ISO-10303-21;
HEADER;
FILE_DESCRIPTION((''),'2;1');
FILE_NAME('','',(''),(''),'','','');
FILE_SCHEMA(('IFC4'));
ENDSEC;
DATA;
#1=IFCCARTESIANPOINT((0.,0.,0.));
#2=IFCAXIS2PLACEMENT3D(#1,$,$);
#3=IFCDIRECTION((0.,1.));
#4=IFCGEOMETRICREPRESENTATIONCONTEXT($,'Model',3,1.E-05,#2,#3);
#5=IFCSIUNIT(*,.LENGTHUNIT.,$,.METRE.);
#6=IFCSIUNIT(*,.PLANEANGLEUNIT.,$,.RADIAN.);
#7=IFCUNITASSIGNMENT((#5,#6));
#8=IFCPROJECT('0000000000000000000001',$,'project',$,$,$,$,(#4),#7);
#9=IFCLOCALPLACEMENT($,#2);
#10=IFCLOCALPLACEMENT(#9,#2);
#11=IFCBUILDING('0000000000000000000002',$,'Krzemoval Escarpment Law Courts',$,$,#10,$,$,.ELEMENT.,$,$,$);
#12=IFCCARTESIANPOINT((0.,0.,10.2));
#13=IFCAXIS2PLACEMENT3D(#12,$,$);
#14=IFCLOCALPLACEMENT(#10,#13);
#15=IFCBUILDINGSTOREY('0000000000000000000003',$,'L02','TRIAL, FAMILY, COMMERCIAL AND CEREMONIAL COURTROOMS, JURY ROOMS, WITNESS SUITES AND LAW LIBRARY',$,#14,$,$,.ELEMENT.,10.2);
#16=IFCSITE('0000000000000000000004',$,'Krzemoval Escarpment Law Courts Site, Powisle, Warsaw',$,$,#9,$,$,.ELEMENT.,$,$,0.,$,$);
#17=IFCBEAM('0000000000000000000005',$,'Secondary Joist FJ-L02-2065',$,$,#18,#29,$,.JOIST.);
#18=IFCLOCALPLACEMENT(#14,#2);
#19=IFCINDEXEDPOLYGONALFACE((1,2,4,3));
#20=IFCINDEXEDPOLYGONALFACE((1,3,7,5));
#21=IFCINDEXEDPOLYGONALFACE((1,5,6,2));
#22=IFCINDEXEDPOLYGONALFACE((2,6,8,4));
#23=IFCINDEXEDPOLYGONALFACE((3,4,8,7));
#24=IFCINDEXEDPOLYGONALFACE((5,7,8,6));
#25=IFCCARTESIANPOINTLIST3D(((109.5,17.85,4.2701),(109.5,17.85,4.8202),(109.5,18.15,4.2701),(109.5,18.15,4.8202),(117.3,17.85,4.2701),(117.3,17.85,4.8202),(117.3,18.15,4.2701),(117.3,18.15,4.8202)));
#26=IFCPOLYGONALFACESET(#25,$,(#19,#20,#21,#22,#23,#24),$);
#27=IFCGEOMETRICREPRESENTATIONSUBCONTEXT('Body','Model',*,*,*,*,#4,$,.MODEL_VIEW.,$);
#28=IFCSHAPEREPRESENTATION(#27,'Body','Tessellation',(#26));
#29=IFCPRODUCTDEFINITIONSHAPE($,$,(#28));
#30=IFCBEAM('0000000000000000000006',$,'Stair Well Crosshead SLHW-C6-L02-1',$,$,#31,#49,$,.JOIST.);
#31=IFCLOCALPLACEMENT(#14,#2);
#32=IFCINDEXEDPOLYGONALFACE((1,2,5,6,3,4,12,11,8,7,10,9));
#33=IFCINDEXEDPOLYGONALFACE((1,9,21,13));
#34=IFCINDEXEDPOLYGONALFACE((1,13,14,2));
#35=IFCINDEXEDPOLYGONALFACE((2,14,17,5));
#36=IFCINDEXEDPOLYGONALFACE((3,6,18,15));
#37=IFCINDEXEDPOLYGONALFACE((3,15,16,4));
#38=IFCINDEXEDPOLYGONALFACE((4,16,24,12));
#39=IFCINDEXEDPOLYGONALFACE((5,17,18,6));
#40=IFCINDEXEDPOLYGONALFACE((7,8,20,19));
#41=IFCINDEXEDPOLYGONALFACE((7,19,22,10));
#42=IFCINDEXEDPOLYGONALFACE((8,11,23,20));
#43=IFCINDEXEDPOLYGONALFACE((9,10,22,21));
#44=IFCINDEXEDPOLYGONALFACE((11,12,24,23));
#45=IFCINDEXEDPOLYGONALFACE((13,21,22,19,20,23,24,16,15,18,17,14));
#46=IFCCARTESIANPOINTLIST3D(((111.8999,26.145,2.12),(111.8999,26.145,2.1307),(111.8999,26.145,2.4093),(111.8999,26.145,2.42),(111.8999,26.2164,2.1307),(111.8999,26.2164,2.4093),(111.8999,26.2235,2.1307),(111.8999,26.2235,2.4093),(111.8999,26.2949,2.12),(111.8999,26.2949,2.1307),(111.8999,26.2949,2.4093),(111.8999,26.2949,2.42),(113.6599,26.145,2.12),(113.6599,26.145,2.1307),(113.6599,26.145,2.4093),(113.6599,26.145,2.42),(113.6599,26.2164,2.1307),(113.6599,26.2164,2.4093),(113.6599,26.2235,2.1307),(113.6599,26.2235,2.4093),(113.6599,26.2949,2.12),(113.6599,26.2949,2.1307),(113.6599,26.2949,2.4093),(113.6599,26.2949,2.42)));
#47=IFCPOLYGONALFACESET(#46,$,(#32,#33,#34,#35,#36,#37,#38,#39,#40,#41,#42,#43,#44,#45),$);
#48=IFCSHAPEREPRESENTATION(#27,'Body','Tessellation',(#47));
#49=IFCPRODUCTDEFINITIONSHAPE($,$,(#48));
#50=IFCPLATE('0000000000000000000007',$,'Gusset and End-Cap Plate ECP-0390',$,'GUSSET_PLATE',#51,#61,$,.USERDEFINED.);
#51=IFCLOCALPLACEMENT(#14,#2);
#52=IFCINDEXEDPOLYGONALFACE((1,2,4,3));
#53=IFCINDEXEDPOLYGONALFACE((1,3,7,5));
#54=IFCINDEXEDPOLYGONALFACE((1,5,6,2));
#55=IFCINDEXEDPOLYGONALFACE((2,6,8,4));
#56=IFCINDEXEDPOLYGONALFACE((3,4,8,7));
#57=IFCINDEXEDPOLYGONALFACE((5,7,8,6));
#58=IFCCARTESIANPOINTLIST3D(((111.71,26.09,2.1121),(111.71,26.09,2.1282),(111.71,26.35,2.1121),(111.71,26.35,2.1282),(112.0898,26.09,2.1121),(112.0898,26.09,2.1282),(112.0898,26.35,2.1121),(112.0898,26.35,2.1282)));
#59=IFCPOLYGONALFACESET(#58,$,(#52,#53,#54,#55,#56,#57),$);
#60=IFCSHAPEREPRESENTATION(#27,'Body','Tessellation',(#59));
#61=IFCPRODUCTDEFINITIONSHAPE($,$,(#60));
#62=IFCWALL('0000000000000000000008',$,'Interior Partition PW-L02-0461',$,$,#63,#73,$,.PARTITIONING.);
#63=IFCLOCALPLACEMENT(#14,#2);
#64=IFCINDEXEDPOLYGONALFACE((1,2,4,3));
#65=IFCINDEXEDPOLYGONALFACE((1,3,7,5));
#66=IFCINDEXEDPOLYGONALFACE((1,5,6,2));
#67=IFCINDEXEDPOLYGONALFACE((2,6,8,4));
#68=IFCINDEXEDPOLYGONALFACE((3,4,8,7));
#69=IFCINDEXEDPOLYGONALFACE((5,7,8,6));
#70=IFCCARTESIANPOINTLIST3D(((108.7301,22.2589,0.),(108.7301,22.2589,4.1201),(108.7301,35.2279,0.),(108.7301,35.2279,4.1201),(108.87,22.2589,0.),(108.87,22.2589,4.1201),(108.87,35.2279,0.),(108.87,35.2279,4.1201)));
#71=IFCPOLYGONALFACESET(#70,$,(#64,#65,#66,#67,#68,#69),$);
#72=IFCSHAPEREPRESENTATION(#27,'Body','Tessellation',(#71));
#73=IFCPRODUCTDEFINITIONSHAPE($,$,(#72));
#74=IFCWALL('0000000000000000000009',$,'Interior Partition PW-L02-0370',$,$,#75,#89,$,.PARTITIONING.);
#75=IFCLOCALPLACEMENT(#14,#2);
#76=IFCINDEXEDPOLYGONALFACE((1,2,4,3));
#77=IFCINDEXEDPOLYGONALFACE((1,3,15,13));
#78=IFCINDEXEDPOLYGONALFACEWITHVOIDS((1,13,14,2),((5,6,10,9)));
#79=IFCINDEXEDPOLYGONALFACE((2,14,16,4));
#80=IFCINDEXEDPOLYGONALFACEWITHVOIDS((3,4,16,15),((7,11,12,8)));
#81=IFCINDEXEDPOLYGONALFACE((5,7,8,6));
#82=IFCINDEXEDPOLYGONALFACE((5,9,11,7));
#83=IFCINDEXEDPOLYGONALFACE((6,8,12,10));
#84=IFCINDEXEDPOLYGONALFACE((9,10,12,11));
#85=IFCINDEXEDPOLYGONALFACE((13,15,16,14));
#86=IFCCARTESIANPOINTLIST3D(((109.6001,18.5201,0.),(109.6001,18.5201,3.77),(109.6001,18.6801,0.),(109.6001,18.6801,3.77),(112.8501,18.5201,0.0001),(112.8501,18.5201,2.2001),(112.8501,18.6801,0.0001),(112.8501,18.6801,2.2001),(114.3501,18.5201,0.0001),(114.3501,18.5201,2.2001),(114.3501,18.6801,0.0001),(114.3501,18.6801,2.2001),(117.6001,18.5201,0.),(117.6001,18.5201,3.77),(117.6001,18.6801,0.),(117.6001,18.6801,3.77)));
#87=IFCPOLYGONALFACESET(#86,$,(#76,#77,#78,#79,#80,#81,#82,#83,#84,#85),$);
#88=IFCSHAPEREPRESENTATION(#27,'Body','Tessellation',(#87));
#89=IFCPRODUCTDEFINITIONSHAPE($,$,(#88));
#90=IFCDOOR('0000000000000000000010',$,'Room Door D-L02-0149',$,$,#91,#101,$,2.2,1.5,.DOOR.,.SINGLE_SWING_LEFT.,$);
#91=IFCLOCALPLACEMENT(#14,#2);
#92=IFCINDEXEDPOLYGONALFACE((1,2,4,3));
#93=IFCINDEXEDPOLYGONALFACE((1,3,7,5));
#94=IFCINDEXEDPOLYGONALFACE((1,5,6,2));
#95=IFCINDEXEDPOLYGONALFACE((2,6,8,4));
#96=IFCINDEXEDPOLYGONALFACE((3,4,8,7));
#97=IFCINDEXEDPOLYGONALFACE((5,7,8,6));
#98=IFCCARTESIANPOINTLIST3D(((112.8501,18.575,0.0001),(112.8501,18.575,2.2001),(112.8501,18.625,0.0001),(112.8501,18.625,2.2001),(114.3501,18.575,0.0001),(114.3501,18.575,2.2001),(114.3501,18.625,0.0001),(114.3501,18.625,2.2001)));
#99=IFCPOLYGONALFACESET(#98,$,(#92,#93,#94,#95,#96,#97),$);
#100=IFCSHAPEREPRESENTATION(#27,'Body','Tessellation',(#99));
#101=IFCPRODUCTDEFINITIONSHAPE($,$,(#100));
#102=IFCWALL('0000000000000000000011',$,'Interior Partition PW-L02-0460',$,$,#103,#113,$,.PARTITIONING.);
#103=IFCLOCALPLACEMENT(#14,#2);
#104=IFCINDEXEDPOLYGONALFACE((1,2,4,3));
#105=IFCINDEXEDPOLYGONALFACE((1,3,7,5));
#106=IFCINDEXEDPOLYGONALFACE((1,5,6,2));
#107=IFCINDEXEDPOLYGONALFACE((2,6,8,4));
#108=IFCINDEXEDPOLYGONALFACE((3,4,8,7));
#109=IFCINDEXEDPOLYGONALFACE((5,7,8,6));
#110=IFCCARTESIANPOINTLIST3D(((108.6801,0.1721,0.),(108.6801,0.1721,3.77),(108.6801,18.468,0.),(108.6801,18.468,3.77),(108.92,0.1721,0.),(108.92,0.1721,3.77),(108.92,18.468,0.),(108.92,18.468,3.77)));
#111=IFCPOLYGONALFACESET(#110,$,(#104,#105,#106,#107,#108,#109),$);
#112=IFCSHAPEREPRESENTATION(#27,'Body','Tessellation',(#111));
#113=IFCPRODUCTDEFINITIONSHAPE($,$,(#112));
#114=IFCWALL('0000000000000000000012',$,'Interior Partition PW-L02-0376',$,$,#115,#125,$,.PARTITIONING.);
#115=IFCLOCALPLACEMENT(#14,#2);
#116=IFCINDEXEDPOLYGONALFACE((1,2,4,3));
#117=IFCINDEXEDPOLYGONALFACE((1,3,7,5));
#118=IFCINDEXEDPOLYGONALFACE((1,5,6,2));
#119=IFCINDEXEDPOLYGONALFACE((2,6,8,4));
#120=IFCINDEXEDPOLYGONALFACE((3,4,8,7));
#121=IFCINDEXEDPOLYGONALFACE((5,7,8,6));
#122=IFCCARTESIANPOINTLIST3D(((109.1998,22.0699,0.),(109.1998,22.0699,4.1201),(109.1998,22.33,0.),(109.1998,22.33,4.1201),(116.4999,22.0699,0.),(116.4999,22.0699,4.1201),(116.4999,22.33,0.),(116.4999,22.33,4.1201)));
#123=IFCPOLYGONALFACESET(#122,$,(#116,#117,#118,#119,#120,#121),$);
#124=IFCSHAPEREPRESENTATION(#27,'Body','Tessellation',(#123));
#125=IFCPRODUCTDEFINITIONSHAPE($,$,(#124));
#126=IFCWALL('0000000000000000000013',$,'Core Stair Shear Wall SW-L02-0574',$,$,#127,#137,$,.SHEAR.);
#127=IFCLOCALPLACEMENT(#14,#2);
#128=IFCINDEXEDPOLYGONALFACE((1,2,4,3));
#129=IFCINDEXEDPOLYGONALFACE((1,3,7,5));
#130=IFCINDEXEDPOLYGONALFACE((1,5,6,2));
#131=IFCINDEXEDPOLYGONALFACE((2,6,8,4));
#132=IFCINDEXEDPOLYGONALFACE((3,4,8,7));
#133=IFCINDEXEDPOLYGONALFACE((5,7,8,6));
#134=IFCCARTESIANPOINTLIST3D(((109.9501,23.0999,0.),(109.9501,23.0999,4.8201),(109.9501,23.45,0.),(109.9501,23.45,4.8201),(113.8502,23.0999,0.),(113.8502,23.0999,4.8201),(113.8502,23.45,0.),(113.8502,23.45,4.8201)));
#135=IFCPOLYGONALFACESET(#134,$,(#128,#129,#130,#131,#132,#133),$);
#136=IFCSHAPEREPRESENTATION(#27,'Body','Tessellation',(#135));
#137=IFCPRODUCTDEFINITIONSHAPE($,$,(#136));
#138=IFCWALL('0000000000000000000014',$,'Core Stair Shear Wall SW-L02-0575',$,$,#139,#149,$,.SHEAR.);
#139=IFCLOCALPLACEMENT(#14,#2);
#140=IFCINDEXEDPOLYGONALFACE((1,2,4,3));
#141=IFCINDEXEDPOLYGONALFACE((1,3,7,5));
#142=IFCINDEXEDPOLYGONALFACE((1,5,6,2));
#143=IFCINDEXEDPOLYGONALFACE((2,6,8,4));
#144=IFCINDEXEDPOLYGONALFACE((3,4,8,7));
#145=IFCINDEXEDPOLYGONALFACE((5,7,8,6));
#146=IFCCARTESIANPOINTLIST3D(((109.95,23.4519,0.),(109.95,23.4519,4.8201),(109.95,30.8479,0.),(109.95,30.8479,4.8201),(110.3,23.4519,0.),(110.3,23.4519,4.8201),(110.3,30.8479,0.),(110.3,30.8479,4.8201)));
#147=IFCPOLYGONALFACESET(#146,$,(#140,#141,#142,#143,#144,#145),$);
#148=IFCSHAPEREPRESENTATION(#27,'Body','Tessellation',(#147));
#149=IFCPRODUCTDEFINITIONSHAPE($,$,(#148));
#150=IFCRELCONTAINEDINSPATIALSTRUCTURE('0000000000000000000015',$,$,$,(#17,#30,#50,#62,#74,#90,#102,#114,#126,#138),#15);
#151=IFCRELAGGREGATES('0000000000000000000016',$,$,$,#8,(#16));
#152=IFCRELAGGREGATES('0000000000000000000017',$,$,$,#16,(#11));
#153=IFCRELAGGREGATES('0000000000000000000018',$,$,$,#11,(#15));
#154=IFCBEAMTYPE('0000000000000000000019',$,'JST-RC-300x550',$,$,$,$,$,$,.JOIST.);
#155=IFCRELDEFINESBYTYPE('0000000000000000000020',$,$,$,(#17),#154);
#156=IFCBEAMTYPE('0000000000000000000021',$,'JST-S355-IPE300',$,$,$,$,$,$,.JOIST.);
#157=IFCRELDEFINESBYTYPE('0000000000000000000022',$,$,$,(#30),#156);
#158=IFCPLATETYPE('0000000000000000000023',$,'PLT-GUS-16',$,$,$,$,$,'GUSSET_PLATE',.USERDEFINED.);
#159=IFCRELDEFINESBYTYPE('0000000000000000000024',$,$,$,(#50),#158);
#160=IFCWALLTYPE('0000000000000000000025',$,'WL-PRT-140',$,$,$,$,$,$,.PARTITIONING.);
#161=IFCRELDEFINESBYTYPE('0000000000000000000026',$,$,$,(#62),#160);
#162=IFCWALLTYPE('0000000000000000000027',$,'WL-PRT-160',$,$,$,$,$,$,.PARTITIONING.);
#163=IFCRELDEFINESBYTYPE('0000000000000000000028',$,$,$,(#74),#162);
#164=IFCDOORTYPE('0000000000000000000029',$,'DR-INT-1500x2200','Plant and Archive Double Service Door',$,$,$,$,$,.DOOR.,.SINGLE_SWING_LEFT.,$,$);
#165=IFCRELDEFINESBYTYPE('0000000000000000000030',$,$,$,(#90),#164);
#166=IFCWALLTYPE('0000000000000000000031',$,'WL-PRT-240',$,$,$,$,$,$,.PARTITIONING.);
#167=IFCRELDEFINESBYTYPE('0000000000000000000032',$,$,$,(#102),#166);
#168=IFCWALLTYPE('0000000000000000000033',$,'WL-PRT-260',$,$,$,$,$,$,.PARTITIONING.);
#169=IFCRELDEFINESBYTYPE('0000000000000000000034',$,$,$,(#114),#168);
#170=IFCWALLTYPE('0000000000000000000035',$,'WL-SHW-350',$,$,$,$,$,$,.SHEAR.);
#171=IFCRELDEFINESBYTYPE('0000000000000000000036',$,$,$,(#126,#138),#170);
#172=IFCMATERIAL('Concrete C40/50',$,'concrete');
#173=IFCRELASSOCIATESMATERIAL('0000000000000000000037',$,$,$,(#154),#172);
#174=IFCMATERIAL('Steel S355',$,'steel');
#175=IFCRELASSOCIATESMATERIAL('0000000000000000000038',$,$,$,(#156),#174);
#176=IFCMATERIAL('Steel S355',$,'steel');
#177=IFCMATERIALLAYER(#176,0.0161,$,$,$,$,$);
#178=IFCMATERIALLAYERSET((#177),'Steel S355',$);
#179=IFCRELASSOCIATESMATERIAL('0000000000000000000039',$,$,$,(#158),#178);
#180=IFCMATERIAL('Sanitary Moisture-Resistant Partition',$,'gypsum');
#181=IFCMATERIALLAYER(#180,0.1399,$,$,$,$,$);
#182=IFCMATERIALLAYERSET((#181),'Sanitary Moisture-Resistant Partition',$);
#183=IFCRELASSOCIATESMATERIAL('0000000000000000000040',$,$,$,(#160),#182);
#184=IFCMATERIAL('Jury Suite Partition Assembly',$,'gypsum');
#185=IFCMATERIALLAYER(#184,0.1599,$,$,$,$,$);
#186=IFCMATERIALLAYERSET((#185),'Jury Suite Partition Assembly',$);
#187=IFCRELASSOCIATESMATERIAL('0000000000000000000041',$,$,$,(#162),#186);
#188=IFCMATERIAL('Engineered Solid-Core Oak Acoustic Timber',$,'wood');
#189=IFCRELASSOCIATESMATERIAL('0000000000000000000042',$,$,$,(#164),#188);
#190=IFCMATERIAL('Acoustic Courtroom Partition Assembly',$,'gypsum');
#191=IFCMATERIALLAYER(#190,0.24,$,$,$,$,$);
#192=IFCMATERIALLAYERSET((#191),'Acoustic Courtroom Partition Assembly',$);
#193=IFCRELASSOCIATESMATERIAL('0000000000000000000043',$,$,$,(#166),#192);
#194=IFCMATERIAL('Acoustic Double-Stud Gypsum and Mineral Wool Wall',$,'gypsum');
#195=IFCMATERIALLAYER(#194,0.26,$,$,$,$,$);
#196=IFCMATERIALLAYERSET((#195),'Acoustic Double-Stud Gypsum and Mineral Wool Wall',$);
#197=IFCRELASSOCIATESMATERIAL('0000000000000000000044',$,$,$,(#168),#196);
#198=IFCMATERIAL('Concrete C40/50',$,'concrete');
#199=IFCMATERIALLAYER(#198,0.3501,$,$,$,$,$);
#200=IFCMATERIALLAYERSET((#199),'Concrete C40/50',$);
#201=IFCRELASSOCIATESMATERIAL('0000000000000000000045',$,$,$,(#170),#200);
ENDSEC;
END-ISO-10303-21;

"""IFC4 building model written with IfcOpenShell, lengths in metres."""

from ifc_helpers import new_model, si_unit, direction, frame, frame_2d, origin, origin_2d, place, context, subcontext, project, spatial, rectangle, i_section, extrude, material, layer, layer_set, material_profile, profile_set, type_object, element, fill, save


model = new_model("IFC4")

# Units and contexts
model_context = context("Model", 3, precision=1e-05, world=origin(), true_north=direction((0.0, 1.0)))
body_context = subcontext(model_context, "Body", "Model", "MODEL_VIEW")
ifc_project = project(units=[si_unit("LENGTHUNIT", "METRE"), si_unit("PLANEANGLEUNIT", "RADIAN")], contexts=[model_context])

# Site, building, storey
site_placement = place(None, origin())
site = spatial("IfcSite", under=ifc_project, at=site_placement, Name="Krzemoval Escarpment Law Courts Site, Powisle, Warsaw", CompositionType="ELEMENT", RefElevation=0.0)
building_placement = place(site_placement, origin())
building = spatial("IfcBuilding", under=site, at=building_placement, Name="Krzemoval Escarpment Law Courts", CompositionType="ELEMENT")
storey_placement = place(building_placement, frame((0.0, 0.0, 10.2)))
storey = spatial("IfcBuildingStorey", under=building, at=storey_placement, Name="L02", Description="TRIAL, FAMILY, COMMERCIAL AND CEREMONIAL COURTROOMS, JURY ROOMS, WITNESS SUITES AND LAW LIBRARY", CompositionType="ELEMENT", Elevation=10.2)

# Beams
ifc_material_1 = material(Name="Concrete C40/50", Category="concrete")
ifc_material_profile_1 = material_profile(ifc_material_1, rectangle(XDim=0.3, YDim=0.55, at=origin_2d()), Name="RCB 300x550")
ifc_profile_set_1 = profile_set([ifc_material_profile_1], Name="Concrete C40/50")
beam_type_1 = type_object("IfcBeamType", Name="JST-RC-300x550", PredefinedType="JOIST", material=ifc_profile_set_1)
for number, where, z_axis, x_axis, name in (
    (1, (109.5, 18.0, 4.5452), (1.0, 0.0, 0.0), (0.0, 1.0, 0.0), "Secondary Joist FJ-L02-2065"),
):
    element("IfcBeam", number, at=place(storey_placement, frame(where, z_axis=z_axis, x_axis=x_axis)), inside=storey, type_object=beam_type_1, Name=name, PredefinedType="JOIST", context=body_context, shape_type="SweptSolid", body=[
        extrude(rectangle(XDim=0.3, YDim=0.55, at=origin_2d()), origin(), (0.0, 0.0, 1.0), 7.8),
    ])
ifc_material_2 = material(Name="Steel S355", Category="steel")
ifc_material_profile_2 = material_profile(ifc_material_2, i_section(OverallWidth=0.1499, OverallDepth=0.3, WebThickness=0.0071, FlangeThickness=0.0107, at=origin_2d()), Name="IPE 300")
ifc_profile_set_2 = profile_set([ifc_material_profile_2], Name="Steel S355")
beam_type_2 = type_object("IfcBeamType", Name="JST-S355-IPE300", PredefinedType="JOIST", material=ifc_profile_set_2)
beam_1_placement = place(storey_placement, frame((111.8999, 26.22, 2.27), z_axis=(1.0, 0.0, 0.0), x_axis=(0.0, 1.0, 0.0)))
element("IfcBeam", 2, at=beam_1_placement, inside=storey, type_object=beam_type_2, Name="Stair Well Crosshead SLHW-C6-L02-1", PredefinedType="JOIST", context=body_context, shape_type="SweptSolid", body=[
    extrude(i_section(OverallWidth=0.1499, OverallDepth=0.3, WebThickness=0.0071, FlangeThickness=0.0107, at=origin_2d()), origin(), (0.0, 0.0, 1.0), 1.76),
])

# Plate
ifc_material_3 = material(Name="Steel S355", Category="steel")
ifc_layer_1 = layer(ifc_material_3, 0.0161)
ifc_layer_set_1 = layer_set([ifc_layer_1], Name="Steel S355")
plate_type = type_object("IfcPlateType", Name="PLT-GUS-16", ElementType="GUSSET_PLATE", PredefinedType="USERDEFINED", material=ifc_layer_set_1)
plate_placement = place(storey_placement, frame((111.8999, 26.22, 2.1121), z_axis=(0.0, 0.0, 1.0), x_axis=(1.0, 0.0, 0.0)))
element("IfcPlate", 3, at=plate_placement, inside=storey, type_object=plate_type, Name="Gusset and End-Cap Plate ECP-0390", ObjectType="GUSSET_PLATE", PredefinedType="USERDEFINED", context=body_context, shape_type="SweptSolid", body=[
    extrude(rectangle(XDim=0.3799, YDim=0.26, at=origin_2d()), origin(), (0.0, 0.0, 1.0), 0.0161),
])

# Wall
ifc_material_4 = material(Name="Sanitary Moisture-Resistant Partition", Category="gypsum")
ifc_layer_2 = layer(ifc_material_4, 0.1399)
ifc_layer_set_2 = layer_set([ifc_layer_2], Name="Sanitary Moisture-Resistant Partition")
wall_type_1 = type_object("IfcWallType", Name="WL-PRT-140", PredefinedType="PARTITIONING", material=ifc_layer_set_2)
wall_1_placement = place(storey_placement, frame((108.8, 22.259, 0.0), z_axis=(0.0, 0.0, 1.0), x_axis=(0.0, 1.0, 0.0)))
element("IfcWall", 4, at=wall_1_placement, inside=storey, type_object=wall_type_1, Name="Interior Partition PW-L02-0461", PredefinedType="PARTITIONING", context=body_context, shape_type="SweptSolid", body=[
    extrude(rectangle(XDim=12.969, YDim=0.1399, at=frame_2d((6.4844, 0.0))), origin(), (0.0, 0.0, 1.0), 4.1201),
])

# Wall, opening, door
ifc_material_5 = material(Name="Jury Suite Partition Assembly", Category="gypsum")
ifc_layer_3 = layer(ifc_material_5, 0.1599)
ifc_layer_set_3 = layer_set([ifc_layer_3], Name="Jury Suite Partition Assembly")
wall_type_2 = type_object("IfcWallType", Name="WL-PRT-160", PredefinedType="PARTITIONING", material=ifc_layer_set_3)
wall_2_placement = place(storey_placement, frame((109.6001, 18.6001, 0.0), z_axis=(0.0, 0.0, 1.0), x_axis=(1.0, 0.0, 0.0)))
wall_2 = element("IfcWall", 5, at=wall_2_placement, inside=storey, type_object=wall_type_2, Name="Interior Partition PW-L02-0370", PredefinedType="PARTITIONING", context=body_context, shape_type="SweptSolid", body=[
    extrude(rectangle(XDim=8.0, YDim=0.1599, at=frame_2d((4.0, 0.0))), origin(), (0.0, 0.0, 1.0), 3.77),
])
opening_placement = place(wall_2_placement, frame((3.25, 0.0, 0.0)))
opening = element("IfcOpeningElement", 6, at=opening_placement, cuts=wall_2, PredefinedType="OPENING", context=body_context, shape_type="SweptSolid", body=[
    extrude(rectangle(XDim=1.5, YDim=2.2, at=frame_2d((0.75, 1.1001))), frame((0.0, 0.095, 0.0), z_axis=(0.0, -1.0, 0.0), x_axis=(1.0, 0.0, 0.0)), (0.0, 0.0, 1.0), 0.1899),
])
ifc_material_6 = material(Name="Engineered Solid-Core Oak Acoustic Timber", Category="wood")
door_type = type_object("IfcDoorType", Name="DR-INT-1500x2200", Description="Plant and Archive Double Service Door", OperationType="SINGLE_SWING_LEFT", PredefinedType="DOOR", material=ifc_material_6)
door_placement = place(opening_placement, origin())
door = element("IfcDoor", 7, at=door_placement, inside=storey, type_object=door_type, Name="Room Door D-L02-0149", OperationType="SINGLE_SWING_LEFT", OverallHeight=2.2, OverallWidth=1.5, PredefinedType="DOOR", context=body_context, shape_type="SweptSolid", body=[
    extrude(rectangle(XDim=1.5, YDim=2.2, at=frame_2d((0.75, 1.1001))), frame((0.0, 0.0249, 0.0), z_axis=(0.0, -1.0, 0.0), x_axis=(1.0, 0.0, 0.0)), (0.0, 0.0, 1.0), 0.05),
])
fill(opening, door)

# Walls
ifc_material_7 = material(Name="Acoustic Courtroom Partition Assembly", Category="gypsum")
ifc_layer_4 = layer(ifc_material_7, 0.24)
ifc_layer_set_4 = layer_set([ifc_layer_4], Name="Acoustic Courtroom Partition Assembly")
wall_type_3 = type_object("IfcWallType", Name="WL-PRT-240", PredefinedType="PARTITIONING", material=ifc_layer_set_4)
wall_3_placement = place(storey_placement, frame((108.8, 0.1721, 0.0), z_axis=(0.0, 0.0, 1.0), x_axis=(0.0, 1.0, 0.0)))
element("IfcWall", 8, at=wall_3_placement, inside=storey, type_object=wall_type_3, Name="Interior Partition PW-L02-0460", PredefinedType="PARTITIONING", context=body_context, shape_type="SweptSolid", body=[
    extrude(rectangle(XDim=18.2959, YDim=0.24, at=frame_2d((9.1479, 0.0))), origin(), (0.0, 0.0, 1.0), 3.77),
])
ifc_material_8 = material(Name="Acoustic Double-Stud Gypsum and Mineral Wool Wall", Category="gypsum")
ifc_layer_5 = layer(ifc_material_8, 0.26)
ifc_layer_set_5 = layer_set([ifc_layer_5], Name="Acoustic Double-Stud Gypsum and Mineral Wool Wall")
wall_type_4 = type_object("IfcWallType", Name="WL-PRT-260", PredefinedType="PARTITIONING", material=ifc_layer_set_5)
wall_4_placement = place(storey_placement, frame((109.2, 22.2, 0.0), z_axis=(0.0, 0.0, 1.0), x_axis=(1.0, 0.0, 0.0)))
element("IfcWall", 9, at=wall_4_placement, inside=storey, type_object=wall_type_4, Name="Interior Partition PW-L02-0376", PredefinedType="PARTITIONING", context=body_context, shape_type="SweptSolid", body=[
    extrude(rectangle(XDim=7.3, YDim=0.26, at=frame_2d((3.6499, 0.0))), origin(), (0.0, 0.0, 1.0), 4.1201),
])
ifc_material_9 = material(Name="Concrete C40/50", Category="concrete")
ifc_layer_6 = layer(ifc_material_9, 0.3501)
ifc_layer_set_6 = layer_set([ifc_layer_6], Name="Concrete C40/50")
wall_type_5 = type_object("IfcWallType", Name="WL-SHW-350", PredefinedType="SHEAR", material=ifc_layer_set_6)
wall_5_placement = place(storey_placement, frame((109.95, 23.2749, 0.0), z_axis=(0.0, 0.0, 1.0), x_axis=(1.0, 0.0, 0.0)))
element("IfcWall", 10, at=wall_5_placement, inside=storey, type_object=wall_type_5, Name="Core Stair Shear Wall SW-L02-0574", PredefinedType="SHEAR", context=body_context, shape_type="SweptSolid", body=[
    extrude(rectangle(XDim=3.9001, YDim=0.3501, at=frame_2d((1.9502, 0.0))), origin(), (0.0, 0.0, 1.0), 4.8201),
])
wall_6_placement = place(storey_placement, frame((110.125, 23.4519, 0.0), z_axis=(0.0, 0.0, 1.0), x_axis=(0.0, 1.0, 0.0)))
element("IfcWall", 11, at=wall_6_placement, inside=storey, type_object=wall_type_5, Name="Core Stair Shear Wall SW-L02-0575", PredefinedType="SHEAR", context=body_context, shape_type="SweptSolid", body=[
    extrude(rectangle(XDim=7.396, YDim=0.3501, at=frame_2d((3.698, 0.0))), origin(), (0.0, 0.0, 1.0), 4.8201),
])

save(model, "model.ifc")
